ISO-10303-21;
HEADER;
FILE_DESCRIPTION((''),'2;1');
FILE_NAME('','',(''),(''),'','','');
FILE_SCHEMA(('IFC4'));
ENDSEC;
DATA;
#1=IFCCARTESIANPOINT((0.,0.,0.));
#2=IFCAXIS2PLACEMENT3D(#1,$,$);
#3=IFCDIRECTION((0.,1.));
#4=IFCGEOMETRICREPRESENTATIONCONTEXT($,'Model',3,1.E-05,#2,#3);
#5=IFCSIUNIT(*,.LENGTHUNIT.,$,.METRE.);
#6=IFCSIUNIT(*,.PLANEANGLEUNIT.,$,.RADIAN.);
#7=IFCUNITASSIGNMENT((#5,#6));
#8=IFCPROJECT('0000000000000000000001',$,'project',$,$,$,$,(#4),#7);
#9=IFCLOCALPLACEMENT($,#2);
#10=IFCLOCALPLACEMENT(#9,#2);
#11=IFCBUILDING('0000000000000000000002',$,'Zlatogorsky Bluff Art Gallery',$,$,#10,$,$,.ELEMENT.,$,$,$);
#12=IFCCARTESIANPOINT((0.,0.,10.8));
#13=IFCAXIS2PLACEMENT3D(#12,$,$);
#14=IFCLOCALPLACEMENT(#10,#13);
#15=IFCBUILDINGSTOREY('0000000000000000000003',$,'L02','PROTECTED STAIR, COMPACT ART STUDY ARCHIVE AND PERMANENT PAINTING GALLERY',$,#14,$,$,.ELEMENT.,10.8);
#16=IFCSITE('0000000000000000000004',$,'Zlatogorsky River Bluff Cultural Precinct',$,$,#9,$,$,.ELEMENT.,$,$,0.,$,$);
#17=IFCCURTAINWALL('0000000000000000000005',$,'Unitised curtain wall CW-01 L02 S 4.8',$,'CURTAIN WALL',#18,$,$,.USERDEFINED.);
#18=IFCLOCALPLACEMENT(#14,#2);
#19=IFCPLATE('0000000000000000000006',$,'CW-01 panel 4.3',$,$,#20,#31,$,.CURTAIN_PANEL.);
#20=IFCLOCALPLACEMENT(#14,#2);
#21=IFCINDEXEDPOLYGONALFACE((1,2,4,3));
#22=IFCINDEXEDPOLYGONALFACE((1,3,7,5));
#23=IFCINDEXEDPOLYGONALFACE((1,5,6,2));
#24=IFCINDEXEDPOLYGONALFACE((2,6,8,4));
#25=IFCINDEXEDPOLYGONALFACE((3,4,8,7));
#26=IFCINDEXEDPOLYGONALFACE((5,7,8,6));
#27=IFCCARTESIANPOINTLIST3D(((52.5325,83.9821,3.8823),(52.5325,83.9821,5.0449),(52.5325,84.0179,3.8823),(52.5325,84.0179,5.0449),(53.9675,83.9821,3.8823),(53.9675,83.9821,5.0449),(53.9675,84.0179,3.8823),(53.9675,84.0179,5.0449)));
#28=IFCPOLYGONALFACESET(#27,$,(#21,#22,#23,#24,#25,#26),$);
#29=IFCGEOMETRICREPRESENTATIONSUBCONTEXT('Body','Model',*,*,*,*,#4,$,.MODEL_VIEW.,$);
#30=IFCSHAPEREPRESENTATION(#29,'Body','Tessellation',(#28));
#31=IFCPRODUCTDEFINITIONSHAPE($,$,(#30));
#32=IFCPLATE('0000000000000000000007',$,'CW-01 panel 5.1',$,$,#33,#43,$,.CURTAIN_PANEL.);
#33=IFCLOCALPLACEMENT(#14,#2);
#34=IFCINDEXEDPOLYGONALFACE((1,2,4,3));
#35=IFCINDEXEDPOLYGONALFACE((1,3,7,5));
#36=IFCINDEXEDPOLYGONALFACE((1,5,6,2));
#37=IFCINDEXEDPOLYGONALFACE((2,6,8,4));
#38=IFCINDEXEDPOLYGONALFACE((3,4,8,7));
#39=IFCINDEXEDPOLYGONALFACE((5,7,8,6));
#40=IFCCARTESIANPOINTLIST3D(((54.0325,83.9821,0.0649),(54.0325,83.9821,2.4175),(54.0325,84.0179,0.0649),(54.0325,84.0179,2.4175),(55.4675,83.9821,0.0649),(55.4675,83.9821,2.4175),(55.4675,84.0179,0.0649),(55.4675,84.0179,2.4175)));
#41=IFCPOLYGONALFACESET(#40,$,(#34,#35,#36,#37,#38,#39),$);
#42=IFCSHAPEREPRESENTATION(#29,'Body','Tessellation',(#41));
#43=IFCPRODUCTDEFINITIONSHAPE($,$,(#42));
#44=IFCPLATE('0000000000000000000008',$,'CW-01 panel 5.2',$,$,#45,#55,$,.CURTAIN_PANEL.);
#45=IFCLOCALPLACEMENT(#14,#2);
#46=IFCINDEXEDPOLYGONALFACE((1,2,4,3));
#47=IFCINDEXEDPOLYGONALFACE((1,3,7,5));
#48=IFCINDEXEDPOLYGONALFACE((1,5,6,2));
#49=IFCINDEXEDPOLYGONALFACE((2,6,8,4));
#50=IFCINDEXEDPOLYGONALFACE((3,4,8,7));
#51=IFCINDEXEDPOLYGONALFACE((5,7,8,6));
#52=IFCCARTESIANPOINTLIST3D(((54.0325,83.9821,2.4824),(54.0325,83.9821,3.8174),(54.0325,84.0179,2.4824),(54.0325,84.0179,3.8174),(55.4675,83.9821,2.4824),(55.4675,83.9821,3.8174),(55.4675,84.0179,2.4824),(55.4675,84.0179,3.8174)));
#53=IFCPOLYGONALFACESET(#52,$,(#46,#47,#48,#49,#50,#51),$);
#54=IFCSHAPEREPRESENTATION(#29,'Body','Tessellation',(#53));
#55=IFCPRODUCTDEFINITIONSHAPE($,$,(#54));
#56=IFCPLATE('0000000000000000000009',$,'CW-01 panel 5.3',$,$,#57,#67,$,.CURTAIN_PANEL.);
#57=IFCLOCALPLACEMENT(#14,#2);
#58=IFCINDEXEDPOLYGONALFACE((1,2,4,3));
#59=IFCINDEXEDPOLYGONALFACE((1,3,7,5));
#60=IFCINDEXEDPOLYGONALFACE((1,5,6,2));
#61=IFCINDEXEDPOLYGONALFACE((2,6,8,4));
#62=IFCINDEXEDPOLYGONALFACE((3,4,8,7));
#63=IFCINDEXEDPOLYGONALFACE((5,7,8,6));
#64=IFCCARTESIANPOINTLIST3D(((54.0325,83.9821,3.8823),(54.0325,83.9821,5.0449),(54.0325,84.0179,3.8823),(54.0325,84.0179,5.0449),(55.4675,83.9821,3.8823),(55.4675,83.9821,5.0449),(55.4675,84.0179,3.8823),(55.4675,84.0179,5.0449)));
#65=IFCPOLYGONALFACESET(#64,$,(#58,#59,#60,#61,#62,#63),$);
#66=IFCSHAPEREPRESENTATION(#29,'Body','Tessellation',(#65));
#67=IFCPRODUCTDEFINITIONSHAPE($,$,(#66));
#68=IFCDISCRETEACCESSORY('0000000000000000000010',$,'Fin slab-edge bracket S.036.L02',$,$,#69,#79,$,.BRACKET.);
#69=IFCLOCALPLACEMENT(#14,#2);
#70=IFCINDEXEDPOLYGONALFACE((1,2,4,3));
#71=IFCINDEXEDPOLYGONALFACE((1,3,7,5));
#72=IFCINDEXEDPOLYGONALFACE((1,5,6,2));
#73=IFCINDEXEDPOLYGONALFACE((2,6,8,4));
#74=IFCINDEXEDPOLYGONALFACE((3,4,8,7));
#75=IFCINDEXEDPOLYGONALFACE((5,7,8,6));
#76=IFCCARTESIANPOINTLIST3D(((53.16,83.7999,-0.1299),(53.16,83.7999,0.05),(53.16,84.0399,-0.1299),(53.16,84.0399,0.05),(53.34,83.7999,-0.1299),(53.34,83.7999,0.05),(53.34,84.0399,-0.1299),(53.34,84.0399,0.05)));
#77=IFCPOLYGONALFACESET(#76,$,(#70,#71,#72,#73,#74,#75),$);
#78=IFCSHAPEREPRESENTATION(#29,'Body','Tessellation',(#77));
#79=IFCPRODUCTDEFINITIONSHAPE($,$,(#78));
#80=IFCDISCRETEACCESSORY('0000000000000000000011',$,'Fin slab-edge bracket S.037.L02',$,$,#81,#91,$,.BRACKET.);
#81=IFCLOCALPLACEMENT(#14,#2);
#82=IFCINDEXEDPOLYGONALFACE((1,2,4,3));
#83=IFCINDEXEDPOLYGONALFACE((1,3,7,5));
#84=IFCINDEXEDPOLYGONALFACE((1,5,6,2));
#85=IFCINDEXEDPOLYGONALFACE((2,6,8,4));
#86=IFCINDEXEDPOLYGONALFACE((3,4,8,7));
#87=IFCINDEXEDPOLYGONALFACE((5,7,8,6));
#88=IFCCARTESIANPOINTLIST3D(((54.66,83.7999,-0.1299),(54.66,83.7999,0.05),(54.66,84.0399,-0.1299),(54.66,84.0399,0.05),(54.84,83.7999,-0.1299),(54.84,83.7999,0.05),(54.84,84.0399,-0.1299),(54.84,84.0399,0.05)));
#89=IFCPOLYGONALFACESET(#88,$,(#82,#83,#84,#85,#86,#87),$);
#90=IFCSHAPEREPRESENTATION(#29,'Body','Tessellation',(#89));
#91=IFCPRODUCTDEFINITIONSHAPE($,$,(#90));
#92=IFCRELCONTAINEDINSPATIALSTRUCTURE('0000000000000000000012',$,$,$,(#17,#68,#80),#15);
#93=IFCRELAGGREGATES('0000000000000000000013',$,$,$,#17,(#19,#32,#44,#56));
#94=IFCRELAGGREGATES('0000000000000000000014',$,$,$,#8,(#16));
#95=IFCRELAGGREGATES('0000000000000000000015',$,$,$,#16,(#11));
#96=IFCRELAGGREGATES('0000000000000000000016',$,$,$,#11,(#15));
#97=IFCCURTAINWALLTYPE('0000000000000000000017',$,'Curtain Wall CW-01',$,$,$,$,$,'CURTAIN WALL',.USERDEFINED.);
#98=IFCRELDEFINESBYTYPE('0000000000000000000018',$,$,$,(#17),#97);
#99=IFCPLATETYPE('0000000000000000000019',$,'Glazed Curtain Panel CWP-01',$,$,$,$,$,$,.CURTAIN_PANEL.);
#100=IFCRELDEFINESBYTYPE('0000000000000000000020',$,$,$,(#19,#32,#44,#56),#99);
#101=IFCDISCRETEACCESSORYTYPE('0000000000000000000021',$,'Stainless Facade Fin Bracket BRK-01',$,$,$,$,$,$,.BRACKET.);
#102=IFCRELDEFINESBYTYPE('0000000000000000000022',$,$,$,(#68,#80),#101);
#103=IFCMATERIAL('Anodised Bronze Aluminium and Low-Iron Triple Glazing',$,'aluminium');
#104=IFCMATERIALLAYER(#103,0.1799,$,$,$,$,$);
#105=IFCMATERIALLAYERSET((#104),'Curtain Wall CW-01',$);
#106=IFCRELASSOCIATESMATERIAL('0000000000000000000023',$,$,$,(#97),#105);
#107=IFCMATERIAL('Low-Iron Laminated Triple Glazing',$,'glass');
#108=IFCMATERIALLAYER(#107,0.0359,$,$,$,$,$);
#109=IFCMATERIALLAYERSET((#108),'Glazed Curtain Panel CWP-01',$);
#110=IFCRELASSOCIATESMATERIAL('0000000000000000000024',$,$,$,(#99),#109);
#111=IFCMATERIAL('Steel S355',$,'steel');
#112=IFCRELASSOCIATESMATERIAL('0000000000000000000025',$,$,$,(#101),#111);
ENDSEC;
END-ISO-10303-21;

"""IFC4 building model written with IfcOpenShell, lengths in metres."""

from ifc_helpers import new_model, si_unit, direction, frame, origin, origin_2d, place, context, subcontext, project, spatial, rectangle, extrude, material, layer, layer_set, type_object, element, aggregate, save


model = new_model("IFC4")

# Units and contexts
model_context = context("Model", 3, precision=1e-05, world=origin(), true_north=direction((0.0, 1.0)))
body_context = subcontext(model_context, "Body", "Model", "MODEL_VIEW")
ifc_project = project(units=[si_unit("LENGTHUNIT", "METRE"), si_unit("PLANEANGLEUNIT", "RADIAN")], contexts=[model_context])

# Site, building, storey
site_placement = place(None, origin())
site = spatial("IfcSite", under=ifc_project, at=site_placement, Name="Zlatogorsky River Bluff Cultural Precinct", CompositionType="ELEMENT", RefElevation=0.0)
building_placement = place(site_placement, origin())
building = spatial("IfcBuilding", under=site, at=building_placement, Name="Zlatogorsky Bluff Art Gallery", CompositionType="ELEMENT")
storey_placement = place(building_placement, frame((0.0, 0.0, 10.8)))
storey = spatial("IfcBuildingStorey", under=building, at=storey_placement, Name="L02", Description="PROTECTED STAIR, COMPACT ART STUDY ARCHIVE AND PERMANENT PAINTING GALLERY", CompositionType="ELEMENT", Elevation=10.8)

# Curtain wall, plates
ifc_material_1 = material(Name="Anodised Bronze Aluminium and Low-Iron Triple Glazing", Category="aluminium")
ifc_layer_1 = layer(ifc_material_1, 0.1799)
ifc_layer_set_1 = layer_set([ifc_layer_1], Name="Curtain Wall CW-01")
curtain_wall_type = type_object("IfcCurtainWallType", Name="Curtain Wall CW-01", ElementType="CURTAIN WALL", PredefinedType="USERDEFINED", material=ifc_layer_set_1)
curtain_wall_placement = place(storey_placement, origin())
curtain_wall = element("IfcCurtainWall", 1, at=curtain_wall_placement, inside=storey, type_object=curtain_wall_type, Name="Unitised curtain wall CW-01 L02 S 4.8", ObjectType="CURTAIN WALL", PredefinedType="USERDEFINED")
ifc_material_2 = material(Name="Low-Iron Laminated Triple Glazing", Category="glass")
ifc_layer_2 = layer(ifc_material_2, 0.0359)
ifc_layer_set_2 = layer_set([ifc_layer_2], Name="Glazed Curtain Panel CWP-01")
plate_type = type_object("IfcPlateType", Name="Glazed Curtain Panel CWP-01", PredefinedType="CURTAIN_PANEL", material=ifc_layer_set_2)
plate_1_placement = place(storey_placement, frame((53.25, 84.0, 3.8823), z_axis=(0.0, 0.0, 1.0), x_axis=(1.0, 0.0, 0.0)))
plate_1 = element("IfcPlate", 2, at=plate_1_placement, type_object=plate_type, Name="CW-01 panel 4.3", PredefinedType="CURTAIN_PANEL", context=body_context, shape_type="SweptSolid", body=[
    extrude(rectangle(XDim=1.4351, YDim=0.0359, at=origin_2d()), origin(), (0.0, 0.0, 1.0), 1.1626),
])
plate_2_placement = place(storey_placement, frame((54.75, 84.0, 0.0649), z_axis=(0.0, 0.0, 1.0), x_axis=(1.0, 0.0, 0.0)))
plate_2 = element("IfcPlate", 3, at=plate_2_placement, type_object=plate_type, Name="CW-01 panel 5.1", PredefinedType="CURTAIN_PANEL", context=body_context, shape_type="SweptSolid", body=[
    extrude(rectangle(XDim=1.4351, YDim=0.0359, at=origin_2d()), origin(), (0.0, 0.0, 1.0), 2.3525),
])
plate_3_placement = place(storey_placement, frame((54.75, 84.0, 2.4824), z_axis=(0.0, 0.0, 1.0), x_axis=(1.0, 0.0, 0.0)))
plate_3 = element("IfcPlate", 4, at=plate_3_placement, type_object=plate_type, Name="CW-01 panel 5.2", PredefinedType="CURTAIN_PANEL", context=body_context, shape_type="SweptSolid", body=[
    extrude(rectangle(XDim=1.4351, YDim=0.0359, at=origin_2d()), origin(), (0.0, 0.0, 1.0), 1.335),
])
plate_4_placement = place(storey_placement, frame((54.75, 84.0, 3.8823), z_axis=(0.0, 0.0, 1.0), x_axis=(1.0, 0.0, 0.0)))
plate_4 = element("IfcPlate", 5, at=plate_4_placement, type_object=plate_type, Name="CW-01 panel 5.3", PredefinedType="CURTAIN_PANEL", context=body_context, shape_type="SweptSolid", body=[
    extrude(rectangle(XDim=1.4351, YDim=0.0359, at=origin_2d()), origin(), (0.0, 0.0, 1.0), 1.1626),
])
aggregate(curtain_wall, [plate_1, plate_2, plate_3, plate_4])

# Discrete accessories
ifc_material_3 = material(Name="Steel S355", Category="steel")
discrete_accessory_type = type_object("IfcDiscreteAccessoryType", Name="Stainless Facade Fin Bracket BRK-01", PredefinedType="BRACKET", material=ifc_material_3)
for number, where, z_axis, x_axis, name in (
    (6, (53.25, 83.9199, -0.1299), (0.0, 0.0, 1.0), (1.0, 0.0, 0.0), "Fin slab-edge bracket S.036.L02"),
    (7, (54.75, 83.9199, -0.1299), (0.0, 0.0, 1.0), (1.0, 0.0, 0.0), "Fin slab-edge bracket S.037.L02"),
):
    element("IfcDiscreteAccessory", number, at=place(storey_placement, frame(where, z_axis=z_axis, x_axis=x_axis)), inside=storey, type_object=discrete_accessory_type, Name=name, PredefinedType="BRACKET", context=body_context, shape_type="SweptSolid", body=[
        extrude(rectangle(XDim=0.1799, YDim=0.24, at=origin_2d()), origin(), (0.0, 0.0, 1.0), 0.1799),
    ])

save(model, "model.ifc")
